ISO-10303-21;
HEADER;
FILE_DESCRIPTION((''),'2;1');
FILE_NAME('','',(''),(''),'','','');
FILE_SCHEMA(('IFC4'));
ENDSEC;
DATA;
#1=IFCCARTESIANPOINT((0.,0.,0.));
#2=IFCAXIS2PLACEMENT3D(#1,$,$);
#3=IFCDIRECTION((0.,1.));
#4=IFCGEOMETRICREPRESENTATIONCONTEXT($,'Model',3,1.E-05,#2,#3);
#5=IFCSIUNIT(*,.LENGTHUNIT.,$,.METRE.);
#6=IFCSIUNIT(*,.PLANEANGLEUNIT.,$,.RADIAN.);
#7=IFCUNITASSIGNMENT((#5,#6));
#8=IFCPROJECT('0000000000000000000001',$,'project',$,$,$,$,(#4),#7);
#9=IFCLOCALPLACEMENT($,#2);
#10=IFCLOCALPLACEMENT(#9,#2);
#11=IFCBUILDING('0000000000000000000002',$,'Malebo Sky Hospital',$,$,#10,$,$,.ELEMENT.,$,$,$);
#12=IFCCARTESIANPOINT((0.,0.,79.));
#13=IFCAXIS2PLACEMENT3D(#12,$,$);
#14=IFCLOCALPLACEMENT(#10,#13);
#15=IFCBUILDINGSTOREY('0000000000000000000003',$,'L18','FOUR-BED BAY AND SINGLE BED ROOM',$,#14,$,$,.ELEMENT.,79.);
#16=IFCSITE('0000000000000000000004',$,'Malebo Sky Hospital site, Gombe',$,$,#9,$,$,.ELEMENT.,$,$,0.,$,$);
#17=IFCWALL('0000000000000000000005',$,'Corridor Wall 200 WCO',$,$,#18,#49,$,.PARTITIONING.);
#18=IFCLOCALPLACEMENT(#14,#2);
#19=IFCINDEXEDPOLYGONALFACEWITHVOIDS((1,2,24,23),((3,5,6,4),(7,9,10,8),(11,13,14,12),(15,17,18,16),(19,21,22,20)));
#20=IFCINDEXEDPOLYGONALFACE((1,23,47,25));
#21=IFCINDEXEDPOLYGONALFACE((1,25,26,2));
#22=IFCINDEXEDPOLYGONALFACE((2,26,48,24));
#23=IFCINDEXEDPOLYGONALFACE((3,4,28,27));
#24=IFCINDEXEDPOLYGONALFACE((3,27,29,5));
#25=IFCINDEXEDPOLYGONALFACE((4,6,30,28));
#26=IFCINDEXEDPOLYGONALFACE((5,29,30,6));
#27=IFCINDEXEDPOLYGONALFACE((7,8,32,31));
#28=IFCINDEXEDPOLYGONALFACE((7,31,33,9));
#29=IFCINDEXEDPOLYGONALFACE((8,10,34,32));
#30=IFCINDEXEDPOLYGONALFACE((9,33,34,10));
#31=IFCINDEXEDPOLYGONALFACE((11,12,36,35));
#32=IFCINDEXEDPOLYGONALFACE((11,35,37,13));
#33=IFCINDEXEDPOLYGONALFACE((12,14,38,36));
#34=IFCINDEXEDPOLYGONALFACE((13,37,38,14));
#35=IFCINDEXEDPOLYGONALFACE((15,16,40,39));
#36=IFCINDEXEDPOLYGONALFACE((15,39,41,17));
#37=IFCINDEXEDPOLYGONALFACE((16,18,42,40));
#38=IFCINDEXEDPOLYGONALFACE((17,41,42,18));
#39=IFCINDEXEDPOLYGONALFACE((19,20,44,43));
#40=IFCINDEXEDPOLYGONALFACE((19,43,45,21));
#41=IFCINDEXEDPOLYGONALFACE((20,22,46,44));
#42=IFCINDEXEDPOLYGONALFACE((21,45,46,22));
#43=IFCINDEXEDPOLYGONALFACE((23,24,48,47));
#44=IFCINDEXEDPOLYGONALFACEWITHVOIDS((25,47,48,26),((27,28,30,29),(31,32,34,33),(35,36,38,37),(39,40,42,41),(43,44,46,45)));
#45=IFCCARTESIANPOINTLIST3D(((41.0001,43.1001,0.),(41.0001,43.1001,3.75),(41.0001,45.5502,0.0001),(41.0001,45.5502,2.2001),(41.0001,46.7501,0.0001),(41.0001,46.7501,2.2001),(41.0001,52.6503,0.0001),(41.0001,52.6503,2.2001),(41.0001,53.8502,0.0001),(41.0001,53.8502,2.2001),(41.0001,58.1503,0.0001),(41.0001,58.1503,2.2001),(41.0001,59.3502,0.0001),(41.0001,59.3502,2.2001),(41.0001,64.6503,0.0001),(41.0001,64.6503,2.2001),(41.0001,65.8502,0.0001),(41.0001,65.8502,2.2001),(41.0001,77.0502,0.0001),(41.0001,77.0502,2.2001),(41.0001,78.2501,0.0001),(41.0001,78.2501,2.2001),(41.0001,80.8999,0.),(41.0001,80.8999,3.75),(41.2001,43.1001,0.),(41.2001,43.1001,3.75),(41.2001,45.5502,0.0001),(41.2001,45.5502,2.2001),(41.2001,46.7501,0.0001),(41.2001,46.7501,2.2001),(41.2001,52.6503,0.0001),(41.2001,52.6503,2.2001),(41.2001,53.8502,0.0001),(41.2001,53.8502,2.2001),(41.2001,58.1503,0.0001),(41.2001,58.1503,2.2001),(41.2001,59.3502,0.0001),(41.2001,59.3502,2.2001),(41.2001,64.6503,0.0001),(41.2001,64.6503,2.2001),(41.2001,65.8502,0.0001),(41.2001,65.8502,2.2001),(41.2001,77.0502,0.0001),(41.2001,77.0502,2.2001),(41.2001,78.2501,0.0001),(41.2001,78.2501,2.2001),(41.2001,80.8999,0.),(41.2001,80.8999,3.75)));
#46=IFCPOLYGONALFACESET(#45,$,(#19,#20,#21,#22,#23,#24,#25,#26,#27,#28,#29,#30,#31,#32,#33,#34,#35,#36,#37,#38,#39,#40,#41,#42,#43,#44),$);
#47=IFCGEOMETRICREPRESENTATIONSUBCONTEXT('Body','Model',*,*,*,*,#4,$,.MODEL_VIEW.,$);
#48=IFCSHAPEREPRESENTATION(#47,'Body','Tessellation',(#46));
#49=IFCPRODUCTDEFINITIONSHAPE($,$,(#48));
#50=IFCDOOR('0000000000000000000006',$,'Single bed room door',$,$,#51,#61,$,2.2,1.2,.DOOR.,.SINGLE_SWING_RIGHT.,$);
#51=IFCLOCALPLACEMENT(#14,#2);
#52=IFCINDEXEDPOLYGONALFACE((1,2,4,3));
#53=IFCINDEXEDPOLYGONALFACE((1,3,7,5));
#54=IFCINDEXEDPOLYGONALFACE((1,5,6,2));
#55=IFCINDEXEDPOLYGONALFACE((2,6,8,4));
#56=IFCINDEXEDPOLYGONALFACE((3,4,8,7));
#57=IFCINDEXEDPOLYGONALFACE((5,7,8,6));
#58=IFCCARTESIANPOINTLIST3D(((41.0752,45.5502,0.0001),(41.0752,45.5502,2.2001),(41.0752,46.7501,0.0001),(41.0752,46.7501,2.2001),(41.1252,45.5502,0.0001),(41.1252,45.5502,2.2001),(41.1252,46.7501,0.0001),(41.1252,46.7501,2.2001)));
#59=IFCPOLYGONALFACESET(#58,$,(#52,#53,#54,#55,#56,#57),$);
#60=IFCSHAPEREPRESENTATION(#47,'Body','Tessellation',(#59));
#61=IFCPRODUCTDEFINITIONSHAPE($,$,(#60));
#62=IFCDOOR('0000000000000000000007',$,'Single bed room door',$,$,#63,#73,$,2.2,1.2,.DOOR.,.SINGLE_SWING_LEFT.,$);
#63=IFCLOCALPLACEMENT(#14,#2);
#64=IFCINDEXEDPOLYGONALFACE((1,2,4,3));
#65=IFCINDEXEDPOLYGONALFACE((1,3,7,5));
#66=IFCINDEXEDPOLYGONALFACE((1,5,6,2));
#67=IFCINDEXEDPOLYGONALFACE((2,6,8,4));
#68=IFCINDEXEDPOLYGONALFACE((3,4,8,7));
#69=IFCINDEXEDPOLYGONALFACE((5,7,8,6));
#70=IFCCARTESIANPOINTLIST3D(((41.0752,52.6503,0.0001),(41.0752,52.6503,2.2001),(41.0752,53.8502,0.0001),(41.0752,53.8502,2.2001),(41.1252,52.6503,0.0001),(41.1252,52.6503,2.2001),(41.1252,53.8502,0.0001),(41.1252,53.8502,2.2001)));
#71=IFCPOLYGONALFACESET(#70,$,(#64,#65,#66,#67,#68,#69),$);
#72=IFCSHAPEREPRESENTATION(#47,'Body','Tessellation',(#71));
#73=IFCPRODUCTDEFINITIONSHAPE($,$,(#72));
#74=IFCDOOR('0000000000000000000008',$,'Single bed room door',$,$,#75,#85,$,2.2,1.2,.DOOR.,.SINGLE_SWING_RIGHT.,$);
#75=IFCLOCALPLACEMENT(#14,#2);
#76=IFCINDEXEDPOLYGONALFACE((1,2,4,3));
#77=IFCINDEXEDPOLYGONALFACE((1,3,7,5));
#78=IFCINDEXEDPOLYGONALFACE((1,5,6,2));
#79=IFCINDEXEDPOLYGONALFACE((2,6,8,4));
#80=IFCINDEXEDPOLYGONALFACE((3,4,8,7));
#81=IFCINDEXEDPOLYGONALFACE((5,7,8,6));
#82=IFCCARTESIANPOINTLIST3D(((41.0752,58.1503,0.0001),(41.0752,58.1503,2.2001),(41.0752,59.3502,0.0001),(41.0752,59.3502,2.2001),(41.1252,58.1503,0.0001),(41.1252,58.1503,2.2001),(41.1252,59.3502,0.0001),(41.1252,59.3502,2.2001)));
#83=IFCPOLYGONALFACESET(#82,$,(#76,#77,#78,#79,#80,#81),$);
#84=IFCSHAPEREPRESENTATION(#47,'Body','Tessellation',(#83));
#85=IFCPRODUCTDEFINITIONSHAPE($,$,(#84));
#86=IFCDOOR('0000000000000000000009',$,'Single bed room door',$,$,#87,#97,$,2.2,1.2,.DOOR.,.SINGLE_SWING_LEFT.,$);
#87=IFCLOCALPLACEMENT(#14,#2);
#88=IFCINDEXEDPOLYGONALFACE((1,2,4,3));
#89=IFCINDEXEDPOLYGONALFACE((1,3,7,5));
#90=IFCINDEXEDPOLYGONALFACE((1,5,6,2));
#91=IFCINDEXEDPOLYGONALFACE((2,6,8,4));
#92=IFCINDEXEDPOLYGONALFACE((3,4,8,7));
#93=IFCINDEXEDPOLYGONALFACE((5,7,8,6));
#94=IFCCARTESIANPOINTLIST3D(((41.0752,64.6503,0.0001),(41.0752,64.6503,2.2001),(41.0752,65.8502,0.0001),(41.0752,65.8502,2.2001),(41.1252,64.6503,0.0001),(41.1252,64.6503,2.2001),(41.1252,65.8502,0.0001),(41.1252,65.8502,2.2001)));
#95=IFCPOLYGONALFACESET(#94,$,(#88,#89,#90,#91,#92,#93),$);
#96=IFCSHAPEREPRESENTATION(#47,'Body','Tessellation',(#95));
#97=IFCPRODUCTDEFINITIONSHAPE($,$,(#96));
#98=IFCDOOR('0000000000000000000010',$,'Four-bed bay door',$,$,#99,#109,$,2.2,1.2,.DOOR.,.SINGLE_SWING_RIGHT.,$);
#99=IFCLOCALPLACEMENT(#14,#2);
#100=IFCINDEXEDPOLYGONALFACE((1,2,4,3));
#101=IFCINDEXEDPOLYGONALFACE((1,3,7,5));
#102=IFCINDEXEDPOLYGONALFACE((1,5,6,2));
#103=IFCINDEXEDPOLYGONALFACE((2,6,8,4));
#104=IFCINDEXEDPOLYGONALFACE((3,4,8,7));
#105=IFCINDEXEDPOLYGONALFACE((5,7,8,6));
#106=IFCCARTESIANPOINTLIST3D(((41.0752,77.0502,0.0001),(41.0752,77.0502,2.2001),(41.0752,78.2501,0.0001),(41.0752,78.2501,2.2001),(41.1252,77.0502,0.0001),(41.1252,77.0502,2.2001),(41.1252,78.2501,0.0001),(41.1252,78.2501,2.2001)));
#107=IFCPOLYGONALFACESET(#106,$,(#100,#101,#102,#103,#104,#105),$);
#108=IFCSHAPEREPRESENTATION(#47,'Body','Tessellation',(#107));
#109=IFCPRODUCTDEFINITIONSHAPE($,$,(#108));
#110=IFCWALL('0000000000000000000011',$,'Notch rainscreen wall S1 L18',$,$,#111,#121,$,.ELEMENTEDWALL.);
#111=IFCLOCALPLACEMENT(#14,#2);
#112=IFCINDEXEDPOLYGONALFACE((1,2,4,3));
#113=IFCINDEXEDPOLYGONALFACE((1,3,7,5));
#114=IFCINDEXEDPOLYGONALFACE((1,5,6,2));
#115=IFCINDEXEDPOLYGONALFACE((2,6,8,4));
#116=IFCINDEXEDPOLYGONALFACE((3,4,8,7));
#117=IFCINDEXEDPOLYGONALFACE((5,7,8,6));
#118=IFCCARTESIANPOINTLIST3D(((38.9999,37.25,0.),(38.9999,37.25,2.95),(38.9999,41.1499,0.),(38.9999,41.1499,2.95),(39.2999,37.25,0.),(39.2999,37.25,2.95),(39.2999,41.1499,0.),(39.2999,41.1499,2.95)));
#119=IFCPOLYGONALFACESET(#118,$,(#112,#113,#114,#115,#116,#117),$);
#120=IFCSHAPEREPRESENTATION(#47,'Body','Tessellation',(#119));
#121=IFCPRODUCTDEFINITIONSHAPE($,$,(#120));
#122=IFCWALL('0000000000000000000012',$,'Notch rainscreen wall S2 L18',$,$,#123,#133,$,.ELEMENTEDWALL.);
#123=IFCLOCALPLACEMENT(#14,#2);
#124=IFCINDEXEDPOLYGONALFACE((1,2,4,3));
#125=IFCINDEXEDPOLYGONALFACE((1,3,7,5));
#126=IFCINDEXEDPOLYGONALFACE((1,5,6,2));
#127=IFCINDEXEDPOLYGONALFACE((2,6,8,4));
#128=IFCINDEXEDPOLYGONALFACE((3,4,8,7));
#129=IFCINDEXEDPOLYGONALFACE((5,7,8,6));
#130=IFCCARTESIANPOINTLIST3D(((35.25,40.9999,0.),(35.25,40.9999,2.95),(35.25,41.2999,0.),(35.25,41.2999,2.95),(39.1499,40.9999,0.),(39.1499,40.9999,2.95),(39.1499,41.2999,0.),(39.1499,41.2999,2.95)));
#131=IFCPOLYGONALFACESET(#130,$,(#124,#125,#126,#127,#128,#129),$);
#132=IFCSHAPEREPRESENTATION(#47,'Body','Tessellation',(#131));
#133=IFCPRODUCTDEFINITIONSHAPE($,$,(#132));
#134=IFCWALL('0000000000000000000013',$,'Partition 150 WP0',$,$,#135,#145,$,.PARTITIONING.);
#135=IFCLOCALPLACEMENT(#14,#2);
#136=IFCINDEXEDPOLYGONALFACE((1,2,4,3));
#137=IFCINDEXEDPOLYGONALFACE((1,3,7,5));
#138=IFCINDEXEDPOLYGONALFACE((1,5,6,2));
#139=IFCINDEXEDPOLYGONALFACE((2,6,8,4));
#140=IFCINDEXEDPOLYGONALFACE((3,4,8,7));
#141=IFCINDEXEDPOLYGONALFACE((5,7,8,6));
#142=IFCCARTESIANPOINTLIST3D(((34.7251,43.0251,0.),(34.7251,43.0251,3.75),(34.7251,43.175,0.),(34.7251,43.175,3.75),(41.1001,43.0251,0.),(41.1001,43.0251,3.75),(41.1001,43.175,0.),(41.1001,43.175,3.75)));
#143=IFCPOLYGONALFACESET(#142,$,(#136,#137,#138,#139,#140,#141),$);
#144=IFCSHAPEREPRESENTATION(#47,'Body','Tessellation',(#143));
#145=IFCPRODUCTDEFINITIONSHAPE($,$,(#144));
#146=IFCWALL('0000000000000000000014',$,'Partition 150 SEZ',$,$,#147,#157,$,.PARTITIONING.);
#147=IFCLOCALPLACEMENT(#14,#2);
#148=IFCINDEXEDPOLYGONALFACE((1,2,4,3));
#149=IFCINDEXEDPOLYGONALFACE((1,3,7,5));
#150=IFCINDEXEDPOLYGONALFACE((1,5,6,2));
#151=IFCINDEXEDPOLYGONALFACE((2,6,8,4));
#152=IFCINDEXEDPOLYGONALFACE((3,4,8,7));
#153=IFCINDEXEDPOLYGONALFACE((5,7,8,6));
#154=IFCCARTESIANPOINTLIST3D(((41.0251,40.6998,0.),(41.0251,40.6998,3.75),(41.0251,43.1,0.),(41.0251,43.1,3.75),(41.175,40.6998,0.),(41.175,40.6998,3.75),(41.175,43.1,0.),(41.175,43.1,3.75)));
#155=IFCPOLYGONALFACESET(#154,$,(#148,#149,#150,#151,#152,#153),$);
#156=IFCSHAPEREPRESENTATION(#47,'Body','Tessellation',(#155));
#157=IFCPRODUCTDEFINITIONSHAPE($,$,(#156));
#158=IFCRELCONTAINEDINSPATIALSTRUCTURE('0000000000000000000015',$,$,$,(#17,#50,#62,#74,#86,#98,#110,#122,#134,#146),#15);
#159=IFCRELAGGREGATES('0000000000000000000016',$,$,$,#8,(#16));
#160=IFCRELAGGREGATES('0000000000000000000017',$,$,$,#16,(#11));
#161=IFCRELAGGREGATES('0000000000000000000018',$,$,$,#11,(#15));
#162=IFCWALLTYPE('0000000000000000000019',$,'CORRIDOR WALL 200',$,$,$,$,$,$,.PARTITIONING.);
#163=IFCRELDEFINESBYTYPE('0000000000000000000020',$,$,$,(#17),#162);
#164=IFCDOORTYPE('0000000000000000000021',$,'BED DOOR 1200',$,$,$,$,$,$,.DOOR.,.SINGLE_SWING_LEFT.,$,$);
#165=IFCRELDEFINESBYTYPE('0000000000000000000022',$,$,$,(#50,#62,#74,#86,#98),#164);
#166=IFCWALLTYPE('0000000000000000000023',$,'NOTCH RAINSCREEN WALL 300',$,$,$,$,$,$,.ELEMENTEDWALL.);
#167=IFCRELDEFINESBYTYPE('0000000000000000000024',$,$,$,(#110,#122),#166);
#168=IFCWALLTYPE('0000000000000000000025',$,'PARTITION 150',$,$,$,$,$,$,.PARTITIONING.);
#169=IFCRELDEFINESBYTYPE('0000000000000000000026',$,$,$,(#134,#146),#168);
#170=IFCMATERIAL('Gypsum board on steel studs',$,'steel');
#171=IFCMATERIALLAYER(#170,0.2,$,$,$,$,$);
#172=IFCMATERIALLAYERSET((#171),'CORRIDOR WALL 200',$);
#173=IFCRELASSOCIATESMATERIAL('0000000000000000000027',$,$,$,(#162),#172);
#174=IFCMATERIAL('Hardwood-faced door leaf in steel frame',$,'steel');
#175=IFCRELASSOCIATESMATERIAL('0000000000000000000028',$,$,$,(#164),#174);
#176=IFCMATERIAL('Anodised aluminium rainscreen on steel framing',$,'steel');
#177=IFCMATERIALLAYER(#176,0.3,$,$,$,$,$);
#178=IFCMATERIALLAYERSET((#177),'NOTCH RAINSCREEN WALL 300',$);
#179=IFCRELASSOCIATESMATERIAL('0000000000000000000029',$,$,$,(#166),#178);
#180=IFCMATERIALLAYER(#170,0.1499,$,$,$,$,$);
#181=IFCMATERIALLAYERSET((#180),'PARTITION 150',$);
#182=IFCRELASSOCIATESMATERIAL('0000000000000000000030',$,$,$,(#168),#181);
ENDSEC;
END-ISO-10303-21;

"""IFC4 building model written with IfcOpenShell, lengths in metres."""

from ifc_helpers import new_model, si_unit, direction, frame, frame_2d, origin, place, context, subcontext, project, spatial, rectangle, extrude, material, layer, layer_set, type_object, element, fill, save


model = new_model("IFC4")

# Units and contexts
model_context = context("Model", 3, precision=1e-05, world=origin(), true_north=direction((0.0, 1.0)))
body_context = subcontext(model_context, "Body", "Model", "MODEL_VIEW")
ifc_project = project(units=[si_unit("LENGTHUNIT", "METRE"), si_unit("PLANEANGLEUNIT", "RADIAN")], contexts=[model_context])

# Site, building, storey
site_placement = place(None, origin())
site = spatial("IfcSite", under=ifc_project, at=site_placement, Name="Malebo Sky Hospital site, Gombe", CompositionType="ELEMENT", RefElevation=0.0)
building_placement = place(site_placement, origin())
building = spatial("IfcBuilding", under=site, at=building_placement, Name="Malebo Sky Hospital", CompositionType="ELEMENT")
storey_placement = place(building_placement, frame((0.0, 0.0, 79.0)))
storey = spatial("IfcBuildingStorey", under=building, at=storey_placement, Name="L18", Description="FOUR-BED BAY AND SINGLE BED ROOM", CompositionType="ELEMENT", Elevation=79.0)

# Wall, openings, doors
ifc_material_1 = material(Name="Gypsum board on steel studs", Category="steel")
ifc_layer_1 = layer(ifc_material_1, 0.2)
ifc_layer_set_1 = layer_set([ifc_layer_1], Name="CORRIDOR WALL 200")
wall_type_1 = type_object("IfcWallType", Name="CORRIDOR WALL 200", PredefinedType="PARTITIONING", material=ifc_layer_set_1)
wall_1_placement = place(storey_placement, frame((41.1001, 43.1001, 0.0), z_axis=(0.0, 0.0, 1.0), x_axis=(0.0, 1.0, 0.0)))
wall_1 = element("IfcWall", 1, at=wall_1_placement, inside=storey, type_object=wall_type_1, Name="Corridor Wall 200 WCO", PredefinedType="PARTITIONING", context=body_context, shape_type="SweptSolid", body=[
    extrude(rectangle(XDim=37.7998, YDim=0.2, at=frame_2d((18.8999, 0.0))), origin(), (0.0, 0.0, 1.0), 3.75),
])
opening_1_placement = place(wall_1_placement, frame((2.45, 0.0, 0.0)))
opening_1 = element("IfcOpeningElement", 2, at=opening_1_placement, cuts=wall_1, PredefinedType="OPENING", context=body_context, shape_type="SweptSolid", body=[
    extrude(rectangle(XDim=1.2, YDim=2.2, at=frame_2d((0.6001, 1.1001))), frame((0.0, 0.1099, 0.0), z_axis=(0.0, -1.0, 0.0), x_axis=(1.0, 0.0, 0.0)), (0.0, 0.0, 1.0), 0.22),
])
opening_2_placement = place(wall_1_placement, frame((9.55, 0.0, 0.0)))
opening_2 = element("IfcOpeningElement", 3, at=opening_2_placement, cuts=wall_1, PredefinedType="OPENING", context=body_context, shape_type="SweptSolid", body=[
    extrude(rectangle(XDim=1.2, YDim=2.2, at=frame_2d((0.6001, 1.1001))), frame((0.0, 0.1099, 0.0), z_axis=(0.0, -1.0, 0.0), x_axis=(1.0, 0.0, 0.0)), (0.0, 0.0, 1.0), 0.22),
])
opening_3_placement = place(wall_1_placement, frame((15.05, 0.0, 0.0)))
opening_3 = element("IfcOpeningElement", 4, at=opening_3_placement, cuts=wall_1, PredefinedType="OPENING", context=body_context, shape_type="SweptSolid", body=[
    extrude(rectangle(XDim=1.2, YDim=2.2, at=frame_2d((0.6001, 1.1001))), frame((0.0, 0.1099, 0.0), z_axis=(0.0, -1.0, 0.0), x_axis=(1.0, 0.0, 0.0)), (0.0, 0.0, 1.0), 0.22),
])
opening_4_placement = place(wall_1_placement, frame((21.55, 0.0, 0.0)))
opening_4 = element("IfcOpeningElement", 5, at=opening_4_placement, cuts=wall_1, PredefinedType="OPENING", context=body_context, shape_type="SweptSolid", body=[
    extrude(rectangle(XDim=1.2, YDim=2.2, at=frame_2d((0.6001, 1.1001))), frame((0.0, 0.1099, 0.0), z_axis=(0.0, -1.0, 0.0), x_axis=(1.0, 0.0, 0.0)), (0.0, 0.0, 1.0), 0.22),
])
opening_5_placement = place(wall_1_placement, frame((33.95, 0.0, 0.0)))
opening_5 = element("IfcOpeningElement", 6, at=opening_5_placement, cuts=wall_1, PredefinedType="OPENING", context=body_context, shape_type="SweptSolid", body=[
    extrude(rectangle(XDim=1.2, YDim=2.2, at=frame_2d((0.6001, 1.1001))), frame((0.0, 0.1099, 0.0), z_axis=(0.0, -1.0, 0.0), x_axis=(1.0, 0.0, 0.0)), (0.0, 0.0, 1.0), 0.22),
])
ifc_material_2 = material(Name="Hardwood-faced door leaf in steel frame", Category="steel")
door_type = type_object("IfcDoorType", Name="BED DOOR 1200", OperationType="SINGLE_SWING_LEFT", PredefinedType="DOOR", material=ifc_material_2)
door_1_placement = place(opening_1_placement, origin())
door_1 = element("IfcDoor", 7, at=door_1_placement, inside=storey, type_object=door_type, Name="Single bed room door", OperationType="SINGLE_SWING_RIGHT", OverallHeight=2.2, OverallWidth=1.2, PredefinedType="DOOR", context=body_context, shape_type="SweptSolid", body=[
    extrude(rectangle(XDim=1.2, YDim=2.2, at=frame_2d((0.6001, 1.1001))), frame((0.0, 0.0249, 0.0), z_axis=(0.0, -1.0, 0.0), x_axis=(1.0, 0.0, 0.0)), (0.0, 0.0, 1.0), 0.05),
])
fill(opening_1, door_1)
door_2_placement = place(opening_2_placement, origin())
door_2 = element("IfcDoor", 8, at=door_2_placement, inside=storey, type_object=door_type, Name="Single bed room door", OperationType="SINGLE_SWING_LEFT", OverallHeight=2.2, OverallWidth=1.2, PredefinedType="DOOR", context=body_context, shape_type="SweptSolid", body=[
    extrude(rectangle(XDim=1.2, YDim=2.2, at=frame_2d((0.6001, 1.1001))), frame((0.0, 0.0249, 0.0), z_axis=(0.0, -1.0, 0.0), x_axis=(1.0, 0.0, 0.0)), (0.0, 0.0, 1.0), 0.05),
])
fill(opening_2, door_2)
door_3_placement = place(opening_3_placement, origin())
door_3 = element("IfcDoor", 9, at=door_3_placement, inside=storey, type_object=door_type, Name="Single bed room door", OperationType="SINGLE_SWING_RIGHT", OverallHeight=2.2, OverallWidth=1.2, PredefinedType="DOOR", context=body_context, shape_type="SweptSolid", body=[
    extrude(rectangle(XDim=1.2, YDim=2.2, at=frame_2d((0.6001, 1.1001))), frame((0.0, 0.0249, 0.0), z_axis=(0.0, -1.0, 0.0), x_axis=(1.0, 0.0, 0.0)), (0.0, 0.0, 1.0), 0.05),
])
fill(opening_3, door_3)
door_4_placement = place(opening_4_placement, origin())
door_4 = element("IfcDoor", 10, at=door_4_placement, inside=storey, type_object=door_type, Name="Single bed room door", OperationType="SINGLE_SWING_LEFT", OverallHeight=2.2, OverallWidth=1.2, PredefinedType="DOOR", context=body_context, shape_type="SweptSolid", body=[
    extrude(rectangle(XDim=1.2, YDim=2.2, at=frame_2d((0.6001, 1.1001))), frame((0.0, 0.0249, 0.0), z_axis=(0.0, -1.0, 0.0), x_axis=(1.0, 0.0, 0.0)), (0.0, 0.0, 1.0), 0.05),
])
fill(opening_4, door_4)
door_5_placement = place(opening_5_placement, origin())
door_5 = element("IfcDoor", 11, at=door_5_placement, inside=storey, type_object=door_type, Name="Four-bed bay door", OperationType="SINGLE_SWING_RIGHT", OverallHeight=2.2, OverallWidth=1.2, PredefinedType="DOOR", context=body_context, shape_type="SweptSolid", body=[
    extrude(rectangle(XDim=1.2, YDim=2.2, at=frame_2d((0.6001, 1.1001))), frame((0.0, 0.0249, 0.0), z_axis=(0.0, -1.0, 0.0), x_axis=(1.0, 0.0, 0.0)), (0.0, 0.0, 1.0), 0.05),
])
fill(opening_5, door_5)

# Walls
ifc_material_3 = material(Name="Anodised aluminium rainscreen on steel framing", Category="steel")
ifc_layer_2 = layer(ifc_material_3, 0.3)
ifc_layer_set_2 = layer_set([ifc_layer_2], Name="NOTCH RAINSCREEN WALL 300")
wall_type_2 = type_object("IfcWallType", Name="NOTCH RAINSCREEN WALL 300", PredefinedType="ELEMENTEDWALL", material=ifc_layer_set_2)
for number, where, z_axis, x_axis, name in (
    (12, (39.1499, 37.25, 0.0), (0.0, 0.0, 1.0), (0.0, 1.0, 0.0), "Notch rainscreen wall S1 L18"),
    (13, (39.1499, 41.1499, 0.0), (0.0, 0.0, 1.0), (-1.0, 0.0, 0.0), "Notch rainscreen wall S2 L18"),
):
    element("IfcWall", number, at=place(storey_placement, frame(where, z_axis=z_axis, x_axis=x_axis)), inside=storey, type_object=wall_type_2, Name=name, PredefinedType="ELEMENTEDWALL", context=body_context, shape_type="SweptSolid", body=[
        extrude(rectangle(XDim=3.8999, YDim=0.3, at=frame_2d((1.95, 0.0))), origin(), (0.0, 0.0, 1.0), 2.95),
    ])
ifc_layer_3 = layer(ifc_material_1, 0.1499)
ifc_layer_set_3 = layer_set([ifc_layer_3], Name="PARTITION 150")
wall_type_3 = type_object("IfcWallType", Name="PARTITION 150", PredefinedType="PARTITIONING", material=ifc_layer_set_3)
wall_2_placement = place(storey_placement, frame((41.1001, 43.1001, 0.0), z_axis=(0.0, 0.0, 1.0), x_axis=(-1.0, 0.0, 0.0)))
element("IfcWall", 14, at=wall_2_placement, inside=storey, type_object=wall_type_3, Name="Partition 150 WP0", PredefinedType="PARTITIONING", context=body_context, shape_type="SweptSolid", body=[
    extrude(rectangle(XDim=6.375, YDim=0.1499, at=frame_2d((3.1875, 0.0))), origin(), (0.0, 0.0, 1.0), 3.75),
])
wall_3_placement = place(storey_placement, frame((41.1001, 43.1001, 0.0), z_axis=(0.0, 0.0, 1.0), x_axis=(0.0, -1.0, 0.0)))
element("IfcWall", 15, at=wall_3_placement, inside=storey, type_object=wall_type_3, Name="Partition 150 SEZ", PredefinedType="PARTITIONING", context=body_context, shape_type="SweptSolid", body=[
    extrude(rectangle(XDim=2.4001, YDim=0.1499, at=frame_2d((1.2002, 0.0))), origin(), (0.0, 0.0, 1.0), 3.75),
])

save(model, "model.ifc")
